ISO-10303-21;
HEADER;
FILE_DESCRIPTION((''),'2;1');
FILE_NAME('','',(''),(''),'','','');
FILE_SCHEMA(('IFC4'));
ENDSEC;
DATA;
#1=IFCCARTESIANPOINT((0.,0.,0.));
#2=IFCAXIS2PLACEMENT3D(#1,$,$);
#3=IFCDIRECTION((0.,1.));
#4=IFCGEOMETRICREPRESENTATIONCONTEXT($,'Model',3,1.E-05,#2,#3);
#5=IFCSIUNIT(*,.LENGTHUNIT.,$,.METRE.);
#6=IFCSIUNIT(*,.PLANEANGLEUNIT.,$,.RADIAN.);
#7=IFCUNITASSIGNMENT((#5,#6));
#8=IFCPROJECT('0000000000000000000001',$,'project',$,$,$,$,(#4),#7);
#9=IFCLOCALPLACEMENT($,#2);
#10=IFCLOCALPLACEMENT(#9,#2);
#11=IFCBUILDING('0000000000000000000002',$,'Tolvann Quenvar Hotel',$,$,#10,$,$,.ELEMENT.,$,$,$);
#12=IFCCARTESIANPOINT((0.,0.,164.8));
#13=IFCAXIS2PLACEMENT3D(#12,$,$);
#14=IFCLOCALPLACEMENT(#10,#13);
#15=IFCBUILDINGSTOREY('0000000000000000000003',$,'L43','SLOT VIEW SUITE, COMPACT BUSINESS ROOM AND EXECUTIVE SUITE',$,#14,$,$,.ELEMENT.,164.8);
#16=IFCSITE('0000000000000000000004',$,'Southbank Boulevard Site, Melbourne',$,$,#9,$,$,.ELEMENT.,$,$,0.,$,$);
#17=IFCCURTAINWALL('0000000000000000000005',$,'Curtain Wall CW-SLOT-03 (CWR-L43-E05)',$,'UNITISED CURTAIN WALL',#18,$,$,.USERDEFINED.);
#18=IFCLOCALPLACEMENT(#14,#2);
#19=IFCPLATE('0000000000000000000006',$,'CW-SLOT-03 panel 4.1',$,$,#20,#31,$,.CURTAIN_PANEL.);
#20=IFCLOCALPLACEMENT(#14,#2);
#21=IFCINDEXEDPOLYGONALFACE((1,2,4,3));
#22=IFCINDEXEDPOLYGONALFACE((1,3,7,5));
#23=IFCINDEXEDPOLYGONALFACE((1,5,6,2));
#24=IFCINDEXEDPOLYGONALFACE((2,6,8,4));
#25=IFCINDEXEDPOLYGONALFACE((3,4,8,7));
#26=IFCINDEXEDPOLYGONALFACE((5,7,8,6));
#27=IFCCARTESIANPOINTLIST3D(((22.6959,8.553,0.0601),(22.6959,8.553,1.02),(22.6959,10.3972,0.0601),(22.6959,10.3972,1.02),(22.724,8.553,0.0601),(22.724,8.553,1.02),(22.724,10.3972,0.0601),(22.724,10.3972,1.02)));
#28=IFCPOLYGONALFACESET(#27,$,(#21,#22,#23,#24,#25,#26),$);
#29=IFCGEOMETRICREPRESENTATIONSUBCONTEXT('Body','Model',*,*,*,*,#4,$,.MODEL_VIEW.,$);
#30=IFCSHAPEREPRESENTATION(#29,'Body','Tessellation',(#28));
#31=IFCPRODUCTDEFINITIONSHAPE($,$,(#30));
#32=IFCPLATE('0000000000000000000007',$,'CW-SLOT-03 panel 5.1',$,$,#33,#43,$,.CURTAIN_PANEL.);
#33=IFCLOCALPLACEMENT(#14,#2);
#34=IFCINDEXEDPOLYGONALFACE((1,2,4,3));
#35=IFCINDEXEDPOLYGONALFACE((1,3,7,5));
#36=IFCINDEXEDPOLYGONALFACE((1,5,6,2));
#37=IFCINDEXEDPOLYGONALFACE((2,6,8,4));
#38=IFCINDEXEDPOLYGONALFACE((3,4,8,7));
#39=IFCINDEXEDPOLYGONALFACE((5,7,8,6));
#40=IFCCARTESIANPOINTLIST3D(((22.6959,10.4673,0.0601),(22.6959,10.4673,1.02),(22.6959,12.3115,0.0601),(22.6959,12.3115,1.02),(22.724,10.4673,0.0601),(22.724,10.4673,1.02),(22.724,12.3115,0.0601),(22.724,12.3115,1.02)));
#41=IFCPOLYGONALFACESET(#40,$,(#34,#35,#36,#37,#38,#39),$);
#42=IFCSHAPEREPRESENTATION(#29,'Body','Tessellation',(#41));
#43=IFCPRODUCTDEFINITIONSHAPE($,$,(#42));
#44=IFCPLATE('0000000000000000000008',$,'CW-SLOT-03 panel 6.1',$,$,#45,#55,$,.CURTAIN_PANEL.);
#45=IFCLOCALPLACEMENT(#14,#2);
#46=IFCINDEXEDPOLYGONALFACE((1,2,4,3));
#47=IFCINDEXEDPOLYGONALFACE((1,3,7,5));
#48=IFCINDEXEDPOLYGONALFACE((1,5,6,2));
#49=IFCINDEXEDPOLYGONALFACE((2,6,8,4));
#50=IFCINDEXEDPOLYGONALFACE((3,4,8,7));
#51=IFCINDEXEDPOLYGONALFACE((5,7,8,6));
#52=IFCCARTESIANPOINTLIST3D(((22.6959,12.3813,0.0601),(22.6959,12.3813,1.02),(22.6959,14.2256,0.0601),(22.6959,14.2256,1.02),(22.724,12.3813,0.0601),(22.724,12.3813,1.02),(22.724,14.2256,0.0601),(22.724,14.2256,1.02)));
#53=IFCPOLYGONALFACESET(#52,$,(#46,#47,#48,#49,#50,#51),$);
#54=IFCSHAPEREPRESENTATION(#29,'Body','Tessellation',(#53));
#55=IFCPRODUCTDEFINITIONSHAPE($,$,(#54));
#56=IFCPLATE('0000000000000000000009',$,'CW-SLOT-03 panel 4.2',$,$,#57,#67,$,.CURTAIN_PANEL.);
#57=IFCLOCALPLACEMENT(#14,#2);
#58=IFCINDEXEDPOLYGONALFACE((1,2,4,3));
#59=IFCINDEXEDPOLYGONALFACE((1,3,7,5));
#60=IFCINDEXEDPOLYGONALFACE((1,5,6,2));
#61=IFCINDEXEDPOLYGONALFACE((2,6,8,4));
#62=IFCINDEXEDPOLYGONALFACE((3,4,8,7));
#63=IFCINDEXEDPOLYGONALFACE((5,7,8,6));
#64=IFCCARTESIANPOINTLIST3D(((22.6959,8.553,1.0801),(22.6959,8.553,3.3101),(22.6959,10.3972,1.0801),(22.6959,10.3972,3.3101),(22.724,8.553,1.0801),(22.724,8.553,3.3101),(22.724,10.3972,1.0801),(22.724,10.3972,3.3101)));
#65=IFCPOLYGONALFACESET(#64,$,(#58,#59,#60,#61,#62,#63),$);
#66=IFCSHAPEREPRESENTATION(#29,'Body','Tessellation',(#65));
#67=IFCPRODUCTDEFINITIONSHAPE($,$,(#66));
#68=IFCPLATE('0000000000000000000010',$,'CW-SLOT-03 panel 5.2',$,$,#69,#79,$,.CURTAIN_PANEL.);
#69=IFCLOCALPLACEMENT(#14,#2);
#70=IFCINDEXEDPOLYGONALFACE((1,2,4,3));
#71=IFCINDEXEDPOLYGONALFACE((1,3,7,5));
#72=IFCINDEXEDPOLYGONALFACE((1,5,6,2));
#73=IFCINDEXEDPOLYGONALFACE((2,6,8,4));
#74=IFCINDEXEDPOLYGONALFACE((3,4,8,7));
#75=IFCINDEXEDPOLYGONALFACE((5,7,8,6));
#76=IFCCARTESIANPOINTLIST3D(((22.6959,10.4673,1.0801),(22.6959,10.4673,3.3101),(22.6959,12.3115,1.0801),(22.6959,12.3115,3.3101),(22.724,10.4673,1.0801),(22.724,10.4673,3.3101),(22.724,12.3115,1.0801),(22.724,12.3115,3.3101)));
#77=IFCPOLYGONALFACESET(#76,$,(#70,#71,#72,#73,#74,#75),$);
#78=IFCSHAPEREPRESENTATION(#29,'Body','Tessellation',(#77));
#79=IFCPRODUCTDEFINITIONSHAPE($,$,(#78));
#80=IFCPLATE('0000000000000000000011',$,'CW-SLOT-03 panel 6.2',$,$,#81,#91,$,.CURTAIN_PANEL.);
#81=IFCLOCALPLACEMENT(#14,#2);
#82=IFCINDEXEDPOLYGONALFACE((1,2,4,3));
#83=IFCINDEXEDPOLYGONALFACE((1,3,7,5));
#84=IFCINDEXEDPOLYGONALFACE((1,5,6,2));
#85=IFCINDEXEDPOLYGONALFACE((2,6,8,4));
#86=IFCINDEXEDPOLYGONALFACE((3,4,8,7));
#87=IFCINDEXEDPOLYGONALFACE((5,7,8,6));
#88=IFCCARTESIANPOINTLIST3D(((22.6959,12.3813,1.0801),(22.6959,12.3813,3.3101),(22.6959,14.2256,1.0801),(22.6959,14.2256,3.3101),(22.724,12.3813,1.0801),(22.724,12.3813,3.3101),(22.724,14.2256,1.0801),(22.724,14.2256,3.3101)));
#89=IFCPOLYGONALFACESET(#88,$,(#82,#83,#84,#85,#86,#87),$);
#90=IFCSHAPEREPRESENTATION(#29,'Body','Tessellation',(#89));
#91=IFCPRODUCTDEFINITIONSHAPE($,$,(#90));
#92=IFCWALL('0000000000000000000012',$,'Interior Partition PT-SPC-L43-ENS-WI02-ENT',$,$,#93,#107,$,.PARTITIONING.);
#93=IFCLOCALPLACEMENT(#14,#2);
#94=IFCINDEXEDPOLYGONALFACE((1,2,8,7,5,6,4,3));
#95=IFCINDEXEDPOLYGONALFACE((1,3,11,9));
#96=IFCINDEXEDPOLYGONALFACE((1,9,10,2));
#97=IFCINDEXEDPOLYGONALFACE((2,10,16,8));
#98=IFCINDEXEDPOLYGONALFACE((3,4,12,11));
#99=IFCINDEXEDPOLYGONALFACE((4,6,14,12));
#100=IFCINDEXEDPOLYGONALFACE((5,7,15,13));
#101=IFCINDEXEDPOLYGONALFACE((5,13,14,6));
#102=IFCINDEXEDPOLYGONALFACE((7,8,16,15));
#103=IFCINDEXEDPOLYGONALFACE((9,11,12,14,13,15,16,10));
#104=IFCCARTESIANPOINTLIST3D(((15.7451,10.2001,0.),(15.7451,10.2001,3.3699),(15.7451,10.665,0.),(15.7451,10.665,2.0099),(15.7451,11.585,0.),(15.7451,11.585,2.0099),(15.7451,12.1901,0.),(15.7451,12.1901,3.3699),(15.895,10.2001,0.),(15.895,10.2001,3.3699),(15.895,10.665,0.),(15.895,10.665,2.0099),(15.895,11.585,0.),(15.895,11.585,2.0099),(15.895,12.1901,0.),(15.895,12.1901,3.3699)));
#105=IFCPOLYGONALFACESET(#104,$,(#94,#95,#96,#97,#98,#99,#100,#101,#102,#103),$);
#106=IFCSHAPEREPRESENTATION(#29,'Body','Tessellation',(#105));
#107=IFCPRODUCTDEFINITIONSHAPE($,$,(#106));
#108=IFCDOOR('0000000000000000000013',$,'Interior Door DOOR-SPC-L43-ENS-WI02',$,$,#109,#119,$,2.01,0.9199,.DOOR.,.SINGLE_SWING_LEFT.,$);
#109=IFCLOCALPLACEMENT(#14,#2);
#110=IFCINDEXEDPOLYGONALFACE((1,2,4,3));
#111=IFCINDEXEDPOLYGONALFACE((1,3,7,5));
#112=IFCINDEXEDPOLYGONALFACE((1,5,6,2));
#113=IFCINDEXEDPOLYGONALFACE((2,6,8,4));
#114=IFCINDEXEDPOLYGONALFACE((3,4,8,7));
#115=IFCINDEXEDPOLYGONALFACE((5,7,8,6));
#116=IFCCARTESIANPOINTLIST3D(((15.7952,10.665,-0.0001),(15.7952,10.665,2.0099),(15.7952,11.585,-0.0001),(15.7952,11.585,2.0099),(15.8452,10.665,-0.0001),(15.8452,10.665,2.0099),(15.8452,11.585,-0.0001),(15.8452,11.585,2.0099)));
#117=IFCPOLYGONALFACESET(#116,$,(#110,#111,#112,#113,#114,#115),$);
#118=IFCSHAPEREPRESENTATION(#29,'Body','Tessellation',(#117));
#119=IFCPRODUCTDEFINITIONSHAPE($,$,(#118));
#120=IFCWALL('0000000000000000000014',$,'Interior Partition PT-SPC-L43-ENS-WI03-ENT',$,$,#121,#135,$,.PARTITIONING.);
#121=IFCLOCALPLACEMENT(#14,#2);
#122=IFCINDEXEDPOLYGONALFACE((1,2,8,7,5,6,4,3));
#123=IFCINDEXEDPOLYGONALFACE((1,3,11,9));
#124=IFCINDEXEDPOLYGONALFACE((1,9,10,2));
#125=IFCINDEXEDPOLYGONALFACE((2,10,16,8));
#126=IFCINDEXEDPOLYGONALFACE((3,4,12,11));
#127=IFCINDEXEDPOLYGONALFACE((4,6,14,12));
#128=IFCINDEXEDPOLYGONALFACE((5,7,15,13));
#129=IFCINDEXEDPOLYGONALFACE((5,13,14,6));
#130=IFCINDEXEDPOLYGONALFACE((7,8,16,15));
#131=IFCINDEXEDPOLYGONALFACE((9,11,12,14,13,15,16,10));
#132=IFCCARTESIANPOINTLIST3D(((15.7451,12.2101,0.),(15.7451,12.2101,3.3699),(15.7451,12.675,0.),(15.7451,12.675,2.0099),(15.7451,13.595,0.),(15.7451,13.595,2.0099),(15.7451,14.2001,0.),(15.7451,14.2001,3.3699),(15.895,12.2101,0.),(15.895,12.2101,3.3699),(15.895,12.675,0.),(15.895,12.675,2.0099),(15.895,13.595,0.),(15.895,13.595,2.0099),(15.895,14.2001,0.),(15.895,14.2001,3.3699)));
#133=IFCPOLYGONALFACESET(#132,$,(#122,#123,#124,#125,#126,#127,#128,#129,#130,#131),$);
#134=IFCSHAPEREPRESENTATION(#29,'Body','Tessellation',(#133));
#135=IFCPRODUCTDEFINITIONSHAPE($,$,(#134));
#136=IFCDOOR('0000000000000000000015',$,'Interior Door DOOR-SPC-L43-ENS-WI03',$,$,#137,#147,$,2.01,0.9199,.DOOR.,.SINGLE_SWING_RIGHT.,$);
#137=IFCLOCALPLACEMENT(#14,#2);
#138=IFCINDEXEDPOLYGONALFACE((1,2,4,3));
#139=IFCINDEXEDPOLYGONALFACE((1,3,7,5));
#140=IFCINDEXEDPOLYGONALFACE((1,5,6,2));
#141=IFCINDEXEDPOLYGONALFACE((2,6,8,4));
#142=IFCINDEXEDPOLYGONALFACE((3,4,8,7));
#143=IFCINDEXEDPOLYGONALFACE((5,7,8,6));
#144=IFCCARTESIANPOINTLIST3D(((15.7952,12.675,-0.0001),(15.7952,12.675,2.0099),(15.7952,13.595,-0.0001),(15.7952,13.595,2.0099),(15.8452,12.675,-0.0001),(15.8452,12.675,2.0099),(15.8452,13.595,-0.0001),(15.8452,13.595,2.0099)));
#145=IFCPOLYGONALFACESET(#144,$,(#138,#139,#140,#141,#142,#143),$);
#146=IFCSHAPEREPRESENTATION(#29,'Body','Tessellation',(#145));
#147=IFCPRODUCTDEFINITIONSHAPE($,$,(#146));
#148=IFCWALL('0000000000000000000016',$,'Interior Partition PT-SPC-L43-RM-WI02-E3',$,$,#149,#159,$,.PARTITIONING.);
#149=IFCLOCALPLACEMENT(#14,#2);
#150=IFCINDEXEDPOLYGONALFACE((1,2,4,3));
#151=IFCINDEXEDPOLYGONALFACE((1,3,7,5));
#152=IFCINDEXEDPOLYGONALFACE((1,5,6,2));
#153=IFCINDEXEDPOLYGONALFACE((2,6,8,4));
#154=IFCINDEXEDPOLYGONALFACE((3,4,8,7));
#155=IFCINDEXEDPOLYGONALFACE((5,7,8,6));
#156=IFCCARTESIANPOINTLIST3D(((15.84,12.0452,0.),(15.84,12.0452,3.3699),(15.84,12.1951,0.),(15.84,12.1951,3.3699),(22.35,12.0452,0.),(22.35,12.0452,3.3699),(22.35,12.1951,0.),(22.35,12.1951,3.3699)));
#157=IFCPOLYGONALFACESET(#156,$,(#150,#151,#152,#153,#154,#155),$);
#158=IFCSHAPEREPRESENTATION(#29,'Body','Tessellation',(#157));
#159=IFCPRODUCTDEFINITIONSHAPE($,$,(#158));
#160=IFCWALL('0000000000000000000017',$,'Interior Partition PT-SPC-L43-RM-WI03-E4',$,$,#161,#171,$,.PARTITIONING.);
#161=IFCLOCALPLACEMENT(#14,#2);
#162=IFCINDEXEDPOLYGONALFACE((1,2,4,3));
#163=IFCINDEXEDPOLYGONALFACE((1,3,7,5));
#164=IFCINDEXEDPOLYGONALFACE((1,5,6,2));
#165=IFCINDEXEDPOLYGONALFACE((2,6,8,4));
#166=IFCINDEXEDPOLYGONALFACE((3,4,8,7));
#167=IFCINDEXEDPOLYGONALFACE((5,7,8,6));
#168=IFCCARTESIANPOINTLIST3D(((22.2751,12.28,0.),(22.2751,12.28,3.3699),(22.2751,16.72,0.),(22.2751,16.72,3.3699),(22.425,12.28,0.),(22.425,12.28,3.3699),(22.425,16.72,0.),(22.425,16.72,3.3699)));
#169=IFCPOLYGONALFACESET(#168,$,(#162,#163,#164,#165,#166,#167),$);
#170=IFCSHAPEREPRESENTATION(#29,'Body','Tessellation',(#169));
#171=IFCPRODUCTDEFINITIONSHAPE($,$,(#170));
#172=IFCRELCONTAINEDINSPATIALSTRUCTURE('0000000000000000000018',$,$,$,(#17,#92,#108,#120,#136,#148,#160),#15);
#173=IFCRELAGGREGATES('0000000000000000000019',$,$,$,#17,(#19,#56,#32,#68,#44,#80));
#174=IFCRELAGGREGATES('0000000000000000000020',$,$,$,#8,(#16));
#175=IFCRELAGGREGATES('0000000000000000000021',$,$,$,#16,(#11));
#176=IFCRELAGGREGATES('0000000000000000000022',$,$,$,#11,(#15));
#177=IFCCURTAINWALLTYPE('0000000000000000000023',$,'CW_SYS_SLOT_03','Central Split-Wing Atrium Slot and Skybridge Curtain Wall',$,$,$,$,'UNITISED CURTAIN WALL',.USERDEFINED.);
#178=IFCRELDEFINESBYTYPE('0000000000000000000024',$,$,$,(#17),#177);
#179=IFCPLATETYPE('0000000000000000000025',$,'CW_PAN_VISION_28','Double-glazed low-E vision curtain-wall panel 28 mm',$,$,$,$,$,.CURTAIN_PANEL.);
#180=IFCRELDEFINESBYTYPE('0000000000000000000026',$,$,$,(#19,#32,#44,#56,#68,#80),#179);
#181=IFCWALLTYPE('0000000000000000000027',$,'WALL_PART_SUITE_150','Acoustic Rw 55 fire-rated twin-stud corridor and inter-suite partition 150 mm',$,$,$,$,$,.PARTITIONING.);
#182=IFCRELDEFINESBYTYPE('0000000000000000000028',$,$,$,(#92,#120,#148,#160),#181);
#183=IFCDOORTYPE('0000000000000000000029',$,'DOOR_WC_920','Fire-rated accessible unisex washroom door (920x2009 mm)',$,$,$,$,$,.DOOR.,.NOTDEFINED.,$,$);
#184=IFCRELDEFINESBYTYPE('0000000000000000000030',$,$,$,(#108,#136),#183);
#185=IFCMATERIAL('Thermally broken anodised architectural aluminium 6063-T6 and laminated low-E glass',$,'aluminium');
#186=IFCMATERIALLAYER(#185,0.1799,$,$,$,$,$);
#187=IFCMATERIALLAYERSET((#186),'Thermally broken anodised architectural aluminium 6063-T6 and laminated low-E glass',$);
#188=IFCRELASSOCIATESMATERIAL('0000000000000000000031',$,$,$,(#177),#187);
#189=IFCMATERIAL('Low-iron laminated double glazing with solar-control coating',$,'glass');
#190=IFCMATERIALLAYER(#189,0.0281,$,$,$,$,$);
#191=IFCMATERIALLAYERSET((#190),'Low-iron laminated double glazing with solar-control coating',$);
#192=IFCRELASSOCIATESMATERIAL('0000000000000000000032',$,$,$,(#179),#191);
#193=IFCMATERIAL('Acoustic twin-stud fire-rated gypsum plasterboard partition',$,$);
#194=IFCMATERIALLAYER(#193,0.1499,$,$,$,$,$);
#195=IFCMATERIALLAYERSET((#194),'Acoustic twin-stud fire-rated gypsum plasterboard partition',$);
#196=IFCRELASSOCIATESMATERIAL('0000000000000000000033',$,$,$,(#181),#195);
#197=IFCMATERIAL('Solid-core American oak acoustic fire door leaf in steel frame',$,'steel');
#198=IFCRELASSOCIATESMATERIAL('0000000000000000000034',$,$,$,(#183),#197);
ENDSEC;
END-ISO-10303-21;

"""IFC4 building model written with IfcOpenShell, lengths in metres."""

from ifc_helpers import new_model, si_unit, direction, frame, frame_2d, origin, origin_2d, place, context, subcontext, project, spatial, rectangle, extrude, source, transform, mapped, material, layer, layer_set, type_object, type_shapes, element, fill, aggregate, save


model = new_model("IFC4")

# Units and contexts
model_context = context("Model", 3, precision=1e-05, world=origin(), true_north=direction((0.0, 1.0)))
body_context = subcontext(model_context, "Body", "Model", "MODEL_VIEW")
ifc_project = project(units=[si_unit("LENGTHUNIT", "METRE"), si_unit("PLANEANGLEUNIT", "RADIAN")], contexts=[model_context])

# Site, building, storey
site_placement = place(None, origin())
site = spatial("IfcSite", under=ifc_project, at=site_placement, Name="Southbank Boulevard Site, Melbourne", CompositionType="ELEMENT", RefElevation=0.0)
building_placement = place(site_placement, origin())
building = spatial("IfcBuilding", under=site, at=building_placement, Name="Tolvann Quenvar Hotel", CompositionType="ELEMENT")
storey_placement = place(building_placement, frame((0.0, 0.0, 164.8)))
storey = spatial("IfcBuildingStorey", under=building, at=storey_placement, Name="L43", Description="SLOT VIEW SUITE, COMPACT BUSINESS ROOM AND EXECUTIVE SUITE", CompositionType="ELEMENT", Elevation=164.8)

# Curtain wall, plates
ifc_material_1 = material(Name="Thermally broken anodised architectural aluminium 6063-T6 and laminated low-E glass", Category="aluminium")
ifc_layer_1 = layer(ifc_material_1, 0.1799)
ifc_layer_set_1 = layer_set([ifc_layer_1], Name="Thermally broken anodised architectural aluminium 6063-T6 and laminated low-E glass")
curtain_wall_type = type_object("IfcCurtainWallType", Name="CW_SYS_SLOT_03", Description="Central Split-Wing Atrium Slot and Skybridge Curtain Wall", ElementType="UNITISED CURTAIN WALL", PredefinedType="USERDEFINED", material=ifc_layer_set_1)
curtain_wall_placement = place(storey_placement, origin())
curtain_wall = element("IfcCurtainWall", 1, at=curtain_wall_placement, inside=storey, type_object=curtain_wall_type, Name="Curtain Wall CW-SLOT-03 (CWR-L43-E05)", ObjectType="UNITISED CURTAIN WALL", PredefinedType="USERDEFINED")
ifc_material_2 = material(Name="Low-iron laminated double glazing with solar-control coating", Category="glass")
ifc_layer_2 = layer(ifc_material_2, 0.0281)
ifc_layer_set_2 = layer_set([ifc_layer_2], Name="Low-iron laminated double glazing with solar-control coating")
plate_type = type_object("IfcPlateType", Name="CW_PAN_VISION_28", Description="Double-glazed low-E vision curtain-wall panel 28 mm", PredefinedType="CURTAIN_PANEL", material=ifc_layer_set_2)
shared_shape_1 = source(origin(), body_context, "Body", "SweptSolid", [
    extrude(rectangle(XDim=1.8442, YDim=0.0281, at=origin_2d()), origin(), (0.0, 0.0, 1.0), 0.96),
])
plate_1_placement = place(storey_placement, frame((22.71, 9.4751, 0.0601), z_axis=(0.0, 0.0, 1.0), x_axis=(0.0, 1.0, 0.0)))
plate_1 = element("IfcPlate", 2, at=plate_1_placement, type_object=plate_type, Name="CW-SLOT-03 panel 4.1", PredefinedType="CURTAIN_PANEL", context=body_context, shape_type="MappedRepresentation", body=[
    mapped(shared_shape_1, transform((0.0, 0.0, 0.0), x_axis=(1.0, 0.0, 0.0), y_axis=(0.0, 1.0, 0.0), z_axis=(0.0, 0.0, 1.0), scale=1.0)),
])
plate_2_placement = place(storey_placement, frame((22.71, 11.3894, 0.0601), z_axis=(0.0, 0.0, 1.0), x_axis=(0.0, 1.0, 0.0)))
plate_2 = element("IfcPlate", 3, at=plate_2_placement, type_object=plate_type, Name="CW-SLOT-03 panel 5.1", PredefinedType="CURTAIN_PANEL", context=body_context, shape_type="MappedRepresentation", body=[
    mapped(shared_shape_1, transform((0.0, 0.0, 0.0), x_axis=(1.0, 0.0, 0.0), y_axis=(0.0, 1.0, 0.0), z_axis=(0.0, 0.0, 1.0), scale=1.0)),
])
plate_3_placement = place(storey_placement, frame((22.71, 13.3035, 0.0601), z_axis=(0.0, 0.0, 1.0), x_axis=(0.0, 1.0, 0.0)))
plate_3 = element("IfcPlate", 4, at=plate_3_placement, type_object=plate_type, Name="CW-SLOT-03 panel 6.1", PredefinedType="CURTAIN_PANEL", context=body_context, shape_type="MappedRepresentation", body=[
    mapped(shared_shape_1, transform((0.0, 0.0, 0.0), x_axis=(1.0, 0.0, 0.0), y_axis=(0.0, 1.0, 0.0), z_axis=(0.0, 0.0, 1.0), scale=1.0)),
])
shared_shape_2 = source(origin(), body_context, "Body", "SweptSolid", [
    extrude(rectangle(XDim=1.8442, YDim=0.0281, at=origin_2d()), origin(), (0.0, 0.0, 1.0), 2.23),
])
plate_4_placement = place(storey_placement, frame((22.71, 9.4751, 1.0801), z_axis=(0.0, 0.0, 1.0), x_axis=(0.0, 1.0, 0.0)))
plate_4 = element("IfcPlate", 5, at=plate_4_placement, type_object=plate_type, Name="CW-SLOT-03 panel 4.2", PredefinedType="CURTAIN_PANEL", context=body_context, shape_type="MappedRepresentation", body=[
    mapped(shared_shape_2, transform((0.0, 0.0, 0.0), x_axis=(1.0, 0.0, 0.0), y_axis=(0.0, 1.0, 0.0), z_axis=(0.0, 0.0, 1.0), scale=1.0)),
])
plate_5_placement = place(storey_placement, frame((22.71, 11.3894, 1.0801), z_axis=(0.0, 0.0, 1.0), x_axis=(0.0, 1.0, 0.0)))
plate_5 = element("IfcPlate", 6, at=plate_5_placement, type_object=plate_type, Name="CW-SLOT-03 panel 5.2", PredefinedType="CURTAIN_PANEL", context=body_context, shape_type="MappedRepresentation", body=[
    mapped(shared_shape_2, transform((0.0, 0.0, 0.0), x_axis=(1.0, 0.0, 0.0), y_axis=(0.0, 1.0, 0.0), z_axis=(0.0, 0.0, 1.0), scale=1.0)),
])
plate_6_placement = place(storey_placement, frame((22.71, 13.3035, 1.0801), z_axis=(0.0, 0.0, 1.0), x_axis=(0.0, 1.0, 0.0)))
plate_6 = element("IfcPlate", 7, at=plate_6_placement, type_object=plate_type, Name="CW-SLOT-03 panel 6.2", PredefinedType="CURTAIN_PANEL", context=body_context, shape_type="MappedRepresentation", body=[
    mapped(shared_shape_2, transform((0.0, 0.0, 0.0), x_axis=(1.0, 0.0, 0.0), y_axis=(0.0, 1.0, 0.0), z_axis=(0.0, 0.0, 1.0), scale=1.0)),
])
aggregate(curtain_wall, [plate_1, plate_4, plate_2, plate_5, plate_3, plate_6])

# Walls, openings, doors
ifc_material_3 = material(Name="Acoustic twin-stud fire-rated gypsum plasterboard partition")
ifc_layer_3 = layer(ifc_material_3, 0.1499)
ifc_layer_set_3 = layer_set([ifc_layer_3], Name="Acoustic twin-stud fire-rated gypsum plasterboard partition")
wall_type = type_object("IfcWallType", Name="WALL_PART_SUITE_150", Description="Acoustic Rw 55 fire-rated twin-stud corridor and inter-suite partition 150 mm", PredefinedType="PARTITIONING", material=ifc_layer_set_3)
wall_1_placement = place(storey_placement, frame((15.8201, 10.2, 0.0), z_axis=(0.0, 0.0, 1.0), x_axis=(0.0, 1.0, 0.0)))
wall_1 = element("IfcWall", 8, at=wall_1_placement, inside=storey, type_object=wall_type, Name="Interior Partition PT-SPC-L43-ENS-WI02-ENT", PredefinedType="PARTITIONING", context=body_context, shape_type="SweptSolid", body=[
    extrude(rectangle(XDim=1.99, YDim=0.1499, at=frame_2d((0.9951, 0.0))), origin(), (0.0, 0.0, 1.0), 3.3699),
])
opening_1_placement = place(wall_1_placement, frame((0.4651, 0.0, 0.0)))
opening_1 = element("IfcOpeningElement", 9, at=opening_1_placement, cuts=wall_1, PredefinedType="OPENING", context=body_context, shape_type="SweptSolid", body=[
    extrude(rectangle(XDim=0.9199, YDim=2.01, at=frame_2d((0.46, 1.0049))), frame((0.0, 0.085, 0.0), z_axis=(0.0, -1.0, 0.0), x_axis=(1.0, 0.0, 0.0)), (0.0, 0.0, 1.0), 0.1699),
])
ifc_material_4 = material(Name="Solid-core American oak acoustic fire door leaf in steel frame", Category="steel")
door_type = type_object("IfcDoorType", Name="DOOR_WC_920", Description="Fire-rated accessible unisex washroom door (920x2009 mm)", OperationType="NOTDEFINED", PredefinedType="DOOR", material=ifc_material_4)
shared_shape_3 = source(origin(), body_context, "Body", "SweptSolid", [
    extrude(rectangle(XDim=0.9199, YDim=2.01, at=frame_2d((0.46, 1.0049))), frame((0.0, 0.0249, 0.0), z_axis=(0.0, -1.0, 0.0), x_axis=(1.0, 0.0, 0.0)), (0.0, 0.0, 1.0), 0.05),
])
type_shapes(door_type, [shared_shape_3])
door_1_placement = place(opening_1_placement, origin())
door_1 = element("IfcDoor", 10, at=door_1_placement, inside=storey, type_object=door_type, Name="Interior Door DOOR-SPC-L43-ENS-WI02", OperationType="SINGLE_SWING_LEFT", OverallHeight=2.01, OverallWidth=0.9199, PredefinedType="DOOR", context=body_context, shape_type="MappedRepresentation", body=[
    mapped(shared_shape_3, transform((0.0, 0.0, 0.0), x_axis=(1.0, 0.0, 0.0), y_axis=(0.0, 1.0, 0.0), z_axis=(0.0, 0.0, 1.0), scale=1.0)),
])
fill(opening_1, door_1)
wall_2_placement = place(storey_placement, frame((15.8201, 12.21, 0.0), z_axis=(0.0, 0.0, 1.0), x_axis=(0.0, 1.0, 0.0)))
wall_2 = element("IfcWall", 11, at=wall_2_placement, inside=storey, type_object=wall_type, Name="Interior Partition PT-SPC-L43-ENS-WI03-ENT", PredefinedType="PARTITIONING", context=body_context, shape_type="SweptSolid", body=[
    extrude(rectangle(XDim=1.99, YDim=0.1499, at=frame_2d((0.9951, 0.0))), origin(), (0.0, 0.0, 1.0), 3.3699),
])
opening_2_placement = place(wall_2_placement, frame((0.4651, 0.0, 0.0)))
opening_2 = element("IfcOpeningElement", 12, at=opening_2_placement, cuts=wall_2, PredefinedType="OPENING", context=body_context, shape_type="SweptSolid", body=[
    extrude(rectangle(XDim=0.9199, YDim=2.01, at=frame_2d((0.46, 1.0049))), frame((0.0, 0.085, 0.0), z_axis=(0.0, -1.0, 0.0), x_axis=(1.0, 0.0, 0.0)), (0.0, 0.0, 1.0), 0.1699),
])
door_2_placement = place(opening_2_placement, origin())
door_2 = element("IfcDoor", 13, at=door_2_placement, inside=storey, type_object=door_type, Name="Interior Door DOOR-SPC-L43-ENS-WI03", OperationType="SINGLE_SWING_RIGHT", OverallHeight=2.01, OverallWidth=0.9199, PredefinedType="DOOR", context=body_context, shape_type="MappedRepresentation", body=[
    mapped(shared_shape_3, transform((0.0, 0.0, 0.0), x_axis=(1.0, 0.0, 0.0), y_axis=(0.0, 1.0, 0.0), z_axis=(0.0, 0.0, 1.0), scale=1.0)),
])
fill(opening_2, door_2)

# Walls
wall_3_placement = place(storey_placement, frame((15.8401, 12.1201, 0.0), z_axis=(0.0, 0.0, 1.0), x_axis=(1.0, 0.0, 0.0)))
element("IfcWall", 14, at=wall_3_placement, inside=storey, type_object=wall_type, Name="Interior Partition PT-SPC-L43-RM-WI02-E3", PredefinedType="PARTITIONING", context=body_context, shape_type="SweptSolid", body=[
    extrude(rectangle(XDim=6.51, YDim=0.1499, at=frame_2d((3.2549, 0.0))), origin(), (0.0, 0.0, 1.0), 3.3699),
])
wall_4_placement = place(storey_placement, frame((22.3501, 12.28, 0.0), z_axis=(0.0, 0.0, 1.0), x_axis=(0.0, 1.0, 0.0)))
element("IfcWall", 15, at=wall_4_placement, inside=storey, type_object=wall_type, Name="Interior Partition PT-SPC-L43-RM-WI03-E4", PredefinedType="PARTITIONING", context=body_context, shape_type="SweptSolid", body=[
    extrude(rectangle(XDim=4.4399, YDim=0.1499, at=frame_2d((2.22, 0.0))), origin(), (0.0, 0.0, 1.0), 3.3699),
])

save(model, "model.ifc")
